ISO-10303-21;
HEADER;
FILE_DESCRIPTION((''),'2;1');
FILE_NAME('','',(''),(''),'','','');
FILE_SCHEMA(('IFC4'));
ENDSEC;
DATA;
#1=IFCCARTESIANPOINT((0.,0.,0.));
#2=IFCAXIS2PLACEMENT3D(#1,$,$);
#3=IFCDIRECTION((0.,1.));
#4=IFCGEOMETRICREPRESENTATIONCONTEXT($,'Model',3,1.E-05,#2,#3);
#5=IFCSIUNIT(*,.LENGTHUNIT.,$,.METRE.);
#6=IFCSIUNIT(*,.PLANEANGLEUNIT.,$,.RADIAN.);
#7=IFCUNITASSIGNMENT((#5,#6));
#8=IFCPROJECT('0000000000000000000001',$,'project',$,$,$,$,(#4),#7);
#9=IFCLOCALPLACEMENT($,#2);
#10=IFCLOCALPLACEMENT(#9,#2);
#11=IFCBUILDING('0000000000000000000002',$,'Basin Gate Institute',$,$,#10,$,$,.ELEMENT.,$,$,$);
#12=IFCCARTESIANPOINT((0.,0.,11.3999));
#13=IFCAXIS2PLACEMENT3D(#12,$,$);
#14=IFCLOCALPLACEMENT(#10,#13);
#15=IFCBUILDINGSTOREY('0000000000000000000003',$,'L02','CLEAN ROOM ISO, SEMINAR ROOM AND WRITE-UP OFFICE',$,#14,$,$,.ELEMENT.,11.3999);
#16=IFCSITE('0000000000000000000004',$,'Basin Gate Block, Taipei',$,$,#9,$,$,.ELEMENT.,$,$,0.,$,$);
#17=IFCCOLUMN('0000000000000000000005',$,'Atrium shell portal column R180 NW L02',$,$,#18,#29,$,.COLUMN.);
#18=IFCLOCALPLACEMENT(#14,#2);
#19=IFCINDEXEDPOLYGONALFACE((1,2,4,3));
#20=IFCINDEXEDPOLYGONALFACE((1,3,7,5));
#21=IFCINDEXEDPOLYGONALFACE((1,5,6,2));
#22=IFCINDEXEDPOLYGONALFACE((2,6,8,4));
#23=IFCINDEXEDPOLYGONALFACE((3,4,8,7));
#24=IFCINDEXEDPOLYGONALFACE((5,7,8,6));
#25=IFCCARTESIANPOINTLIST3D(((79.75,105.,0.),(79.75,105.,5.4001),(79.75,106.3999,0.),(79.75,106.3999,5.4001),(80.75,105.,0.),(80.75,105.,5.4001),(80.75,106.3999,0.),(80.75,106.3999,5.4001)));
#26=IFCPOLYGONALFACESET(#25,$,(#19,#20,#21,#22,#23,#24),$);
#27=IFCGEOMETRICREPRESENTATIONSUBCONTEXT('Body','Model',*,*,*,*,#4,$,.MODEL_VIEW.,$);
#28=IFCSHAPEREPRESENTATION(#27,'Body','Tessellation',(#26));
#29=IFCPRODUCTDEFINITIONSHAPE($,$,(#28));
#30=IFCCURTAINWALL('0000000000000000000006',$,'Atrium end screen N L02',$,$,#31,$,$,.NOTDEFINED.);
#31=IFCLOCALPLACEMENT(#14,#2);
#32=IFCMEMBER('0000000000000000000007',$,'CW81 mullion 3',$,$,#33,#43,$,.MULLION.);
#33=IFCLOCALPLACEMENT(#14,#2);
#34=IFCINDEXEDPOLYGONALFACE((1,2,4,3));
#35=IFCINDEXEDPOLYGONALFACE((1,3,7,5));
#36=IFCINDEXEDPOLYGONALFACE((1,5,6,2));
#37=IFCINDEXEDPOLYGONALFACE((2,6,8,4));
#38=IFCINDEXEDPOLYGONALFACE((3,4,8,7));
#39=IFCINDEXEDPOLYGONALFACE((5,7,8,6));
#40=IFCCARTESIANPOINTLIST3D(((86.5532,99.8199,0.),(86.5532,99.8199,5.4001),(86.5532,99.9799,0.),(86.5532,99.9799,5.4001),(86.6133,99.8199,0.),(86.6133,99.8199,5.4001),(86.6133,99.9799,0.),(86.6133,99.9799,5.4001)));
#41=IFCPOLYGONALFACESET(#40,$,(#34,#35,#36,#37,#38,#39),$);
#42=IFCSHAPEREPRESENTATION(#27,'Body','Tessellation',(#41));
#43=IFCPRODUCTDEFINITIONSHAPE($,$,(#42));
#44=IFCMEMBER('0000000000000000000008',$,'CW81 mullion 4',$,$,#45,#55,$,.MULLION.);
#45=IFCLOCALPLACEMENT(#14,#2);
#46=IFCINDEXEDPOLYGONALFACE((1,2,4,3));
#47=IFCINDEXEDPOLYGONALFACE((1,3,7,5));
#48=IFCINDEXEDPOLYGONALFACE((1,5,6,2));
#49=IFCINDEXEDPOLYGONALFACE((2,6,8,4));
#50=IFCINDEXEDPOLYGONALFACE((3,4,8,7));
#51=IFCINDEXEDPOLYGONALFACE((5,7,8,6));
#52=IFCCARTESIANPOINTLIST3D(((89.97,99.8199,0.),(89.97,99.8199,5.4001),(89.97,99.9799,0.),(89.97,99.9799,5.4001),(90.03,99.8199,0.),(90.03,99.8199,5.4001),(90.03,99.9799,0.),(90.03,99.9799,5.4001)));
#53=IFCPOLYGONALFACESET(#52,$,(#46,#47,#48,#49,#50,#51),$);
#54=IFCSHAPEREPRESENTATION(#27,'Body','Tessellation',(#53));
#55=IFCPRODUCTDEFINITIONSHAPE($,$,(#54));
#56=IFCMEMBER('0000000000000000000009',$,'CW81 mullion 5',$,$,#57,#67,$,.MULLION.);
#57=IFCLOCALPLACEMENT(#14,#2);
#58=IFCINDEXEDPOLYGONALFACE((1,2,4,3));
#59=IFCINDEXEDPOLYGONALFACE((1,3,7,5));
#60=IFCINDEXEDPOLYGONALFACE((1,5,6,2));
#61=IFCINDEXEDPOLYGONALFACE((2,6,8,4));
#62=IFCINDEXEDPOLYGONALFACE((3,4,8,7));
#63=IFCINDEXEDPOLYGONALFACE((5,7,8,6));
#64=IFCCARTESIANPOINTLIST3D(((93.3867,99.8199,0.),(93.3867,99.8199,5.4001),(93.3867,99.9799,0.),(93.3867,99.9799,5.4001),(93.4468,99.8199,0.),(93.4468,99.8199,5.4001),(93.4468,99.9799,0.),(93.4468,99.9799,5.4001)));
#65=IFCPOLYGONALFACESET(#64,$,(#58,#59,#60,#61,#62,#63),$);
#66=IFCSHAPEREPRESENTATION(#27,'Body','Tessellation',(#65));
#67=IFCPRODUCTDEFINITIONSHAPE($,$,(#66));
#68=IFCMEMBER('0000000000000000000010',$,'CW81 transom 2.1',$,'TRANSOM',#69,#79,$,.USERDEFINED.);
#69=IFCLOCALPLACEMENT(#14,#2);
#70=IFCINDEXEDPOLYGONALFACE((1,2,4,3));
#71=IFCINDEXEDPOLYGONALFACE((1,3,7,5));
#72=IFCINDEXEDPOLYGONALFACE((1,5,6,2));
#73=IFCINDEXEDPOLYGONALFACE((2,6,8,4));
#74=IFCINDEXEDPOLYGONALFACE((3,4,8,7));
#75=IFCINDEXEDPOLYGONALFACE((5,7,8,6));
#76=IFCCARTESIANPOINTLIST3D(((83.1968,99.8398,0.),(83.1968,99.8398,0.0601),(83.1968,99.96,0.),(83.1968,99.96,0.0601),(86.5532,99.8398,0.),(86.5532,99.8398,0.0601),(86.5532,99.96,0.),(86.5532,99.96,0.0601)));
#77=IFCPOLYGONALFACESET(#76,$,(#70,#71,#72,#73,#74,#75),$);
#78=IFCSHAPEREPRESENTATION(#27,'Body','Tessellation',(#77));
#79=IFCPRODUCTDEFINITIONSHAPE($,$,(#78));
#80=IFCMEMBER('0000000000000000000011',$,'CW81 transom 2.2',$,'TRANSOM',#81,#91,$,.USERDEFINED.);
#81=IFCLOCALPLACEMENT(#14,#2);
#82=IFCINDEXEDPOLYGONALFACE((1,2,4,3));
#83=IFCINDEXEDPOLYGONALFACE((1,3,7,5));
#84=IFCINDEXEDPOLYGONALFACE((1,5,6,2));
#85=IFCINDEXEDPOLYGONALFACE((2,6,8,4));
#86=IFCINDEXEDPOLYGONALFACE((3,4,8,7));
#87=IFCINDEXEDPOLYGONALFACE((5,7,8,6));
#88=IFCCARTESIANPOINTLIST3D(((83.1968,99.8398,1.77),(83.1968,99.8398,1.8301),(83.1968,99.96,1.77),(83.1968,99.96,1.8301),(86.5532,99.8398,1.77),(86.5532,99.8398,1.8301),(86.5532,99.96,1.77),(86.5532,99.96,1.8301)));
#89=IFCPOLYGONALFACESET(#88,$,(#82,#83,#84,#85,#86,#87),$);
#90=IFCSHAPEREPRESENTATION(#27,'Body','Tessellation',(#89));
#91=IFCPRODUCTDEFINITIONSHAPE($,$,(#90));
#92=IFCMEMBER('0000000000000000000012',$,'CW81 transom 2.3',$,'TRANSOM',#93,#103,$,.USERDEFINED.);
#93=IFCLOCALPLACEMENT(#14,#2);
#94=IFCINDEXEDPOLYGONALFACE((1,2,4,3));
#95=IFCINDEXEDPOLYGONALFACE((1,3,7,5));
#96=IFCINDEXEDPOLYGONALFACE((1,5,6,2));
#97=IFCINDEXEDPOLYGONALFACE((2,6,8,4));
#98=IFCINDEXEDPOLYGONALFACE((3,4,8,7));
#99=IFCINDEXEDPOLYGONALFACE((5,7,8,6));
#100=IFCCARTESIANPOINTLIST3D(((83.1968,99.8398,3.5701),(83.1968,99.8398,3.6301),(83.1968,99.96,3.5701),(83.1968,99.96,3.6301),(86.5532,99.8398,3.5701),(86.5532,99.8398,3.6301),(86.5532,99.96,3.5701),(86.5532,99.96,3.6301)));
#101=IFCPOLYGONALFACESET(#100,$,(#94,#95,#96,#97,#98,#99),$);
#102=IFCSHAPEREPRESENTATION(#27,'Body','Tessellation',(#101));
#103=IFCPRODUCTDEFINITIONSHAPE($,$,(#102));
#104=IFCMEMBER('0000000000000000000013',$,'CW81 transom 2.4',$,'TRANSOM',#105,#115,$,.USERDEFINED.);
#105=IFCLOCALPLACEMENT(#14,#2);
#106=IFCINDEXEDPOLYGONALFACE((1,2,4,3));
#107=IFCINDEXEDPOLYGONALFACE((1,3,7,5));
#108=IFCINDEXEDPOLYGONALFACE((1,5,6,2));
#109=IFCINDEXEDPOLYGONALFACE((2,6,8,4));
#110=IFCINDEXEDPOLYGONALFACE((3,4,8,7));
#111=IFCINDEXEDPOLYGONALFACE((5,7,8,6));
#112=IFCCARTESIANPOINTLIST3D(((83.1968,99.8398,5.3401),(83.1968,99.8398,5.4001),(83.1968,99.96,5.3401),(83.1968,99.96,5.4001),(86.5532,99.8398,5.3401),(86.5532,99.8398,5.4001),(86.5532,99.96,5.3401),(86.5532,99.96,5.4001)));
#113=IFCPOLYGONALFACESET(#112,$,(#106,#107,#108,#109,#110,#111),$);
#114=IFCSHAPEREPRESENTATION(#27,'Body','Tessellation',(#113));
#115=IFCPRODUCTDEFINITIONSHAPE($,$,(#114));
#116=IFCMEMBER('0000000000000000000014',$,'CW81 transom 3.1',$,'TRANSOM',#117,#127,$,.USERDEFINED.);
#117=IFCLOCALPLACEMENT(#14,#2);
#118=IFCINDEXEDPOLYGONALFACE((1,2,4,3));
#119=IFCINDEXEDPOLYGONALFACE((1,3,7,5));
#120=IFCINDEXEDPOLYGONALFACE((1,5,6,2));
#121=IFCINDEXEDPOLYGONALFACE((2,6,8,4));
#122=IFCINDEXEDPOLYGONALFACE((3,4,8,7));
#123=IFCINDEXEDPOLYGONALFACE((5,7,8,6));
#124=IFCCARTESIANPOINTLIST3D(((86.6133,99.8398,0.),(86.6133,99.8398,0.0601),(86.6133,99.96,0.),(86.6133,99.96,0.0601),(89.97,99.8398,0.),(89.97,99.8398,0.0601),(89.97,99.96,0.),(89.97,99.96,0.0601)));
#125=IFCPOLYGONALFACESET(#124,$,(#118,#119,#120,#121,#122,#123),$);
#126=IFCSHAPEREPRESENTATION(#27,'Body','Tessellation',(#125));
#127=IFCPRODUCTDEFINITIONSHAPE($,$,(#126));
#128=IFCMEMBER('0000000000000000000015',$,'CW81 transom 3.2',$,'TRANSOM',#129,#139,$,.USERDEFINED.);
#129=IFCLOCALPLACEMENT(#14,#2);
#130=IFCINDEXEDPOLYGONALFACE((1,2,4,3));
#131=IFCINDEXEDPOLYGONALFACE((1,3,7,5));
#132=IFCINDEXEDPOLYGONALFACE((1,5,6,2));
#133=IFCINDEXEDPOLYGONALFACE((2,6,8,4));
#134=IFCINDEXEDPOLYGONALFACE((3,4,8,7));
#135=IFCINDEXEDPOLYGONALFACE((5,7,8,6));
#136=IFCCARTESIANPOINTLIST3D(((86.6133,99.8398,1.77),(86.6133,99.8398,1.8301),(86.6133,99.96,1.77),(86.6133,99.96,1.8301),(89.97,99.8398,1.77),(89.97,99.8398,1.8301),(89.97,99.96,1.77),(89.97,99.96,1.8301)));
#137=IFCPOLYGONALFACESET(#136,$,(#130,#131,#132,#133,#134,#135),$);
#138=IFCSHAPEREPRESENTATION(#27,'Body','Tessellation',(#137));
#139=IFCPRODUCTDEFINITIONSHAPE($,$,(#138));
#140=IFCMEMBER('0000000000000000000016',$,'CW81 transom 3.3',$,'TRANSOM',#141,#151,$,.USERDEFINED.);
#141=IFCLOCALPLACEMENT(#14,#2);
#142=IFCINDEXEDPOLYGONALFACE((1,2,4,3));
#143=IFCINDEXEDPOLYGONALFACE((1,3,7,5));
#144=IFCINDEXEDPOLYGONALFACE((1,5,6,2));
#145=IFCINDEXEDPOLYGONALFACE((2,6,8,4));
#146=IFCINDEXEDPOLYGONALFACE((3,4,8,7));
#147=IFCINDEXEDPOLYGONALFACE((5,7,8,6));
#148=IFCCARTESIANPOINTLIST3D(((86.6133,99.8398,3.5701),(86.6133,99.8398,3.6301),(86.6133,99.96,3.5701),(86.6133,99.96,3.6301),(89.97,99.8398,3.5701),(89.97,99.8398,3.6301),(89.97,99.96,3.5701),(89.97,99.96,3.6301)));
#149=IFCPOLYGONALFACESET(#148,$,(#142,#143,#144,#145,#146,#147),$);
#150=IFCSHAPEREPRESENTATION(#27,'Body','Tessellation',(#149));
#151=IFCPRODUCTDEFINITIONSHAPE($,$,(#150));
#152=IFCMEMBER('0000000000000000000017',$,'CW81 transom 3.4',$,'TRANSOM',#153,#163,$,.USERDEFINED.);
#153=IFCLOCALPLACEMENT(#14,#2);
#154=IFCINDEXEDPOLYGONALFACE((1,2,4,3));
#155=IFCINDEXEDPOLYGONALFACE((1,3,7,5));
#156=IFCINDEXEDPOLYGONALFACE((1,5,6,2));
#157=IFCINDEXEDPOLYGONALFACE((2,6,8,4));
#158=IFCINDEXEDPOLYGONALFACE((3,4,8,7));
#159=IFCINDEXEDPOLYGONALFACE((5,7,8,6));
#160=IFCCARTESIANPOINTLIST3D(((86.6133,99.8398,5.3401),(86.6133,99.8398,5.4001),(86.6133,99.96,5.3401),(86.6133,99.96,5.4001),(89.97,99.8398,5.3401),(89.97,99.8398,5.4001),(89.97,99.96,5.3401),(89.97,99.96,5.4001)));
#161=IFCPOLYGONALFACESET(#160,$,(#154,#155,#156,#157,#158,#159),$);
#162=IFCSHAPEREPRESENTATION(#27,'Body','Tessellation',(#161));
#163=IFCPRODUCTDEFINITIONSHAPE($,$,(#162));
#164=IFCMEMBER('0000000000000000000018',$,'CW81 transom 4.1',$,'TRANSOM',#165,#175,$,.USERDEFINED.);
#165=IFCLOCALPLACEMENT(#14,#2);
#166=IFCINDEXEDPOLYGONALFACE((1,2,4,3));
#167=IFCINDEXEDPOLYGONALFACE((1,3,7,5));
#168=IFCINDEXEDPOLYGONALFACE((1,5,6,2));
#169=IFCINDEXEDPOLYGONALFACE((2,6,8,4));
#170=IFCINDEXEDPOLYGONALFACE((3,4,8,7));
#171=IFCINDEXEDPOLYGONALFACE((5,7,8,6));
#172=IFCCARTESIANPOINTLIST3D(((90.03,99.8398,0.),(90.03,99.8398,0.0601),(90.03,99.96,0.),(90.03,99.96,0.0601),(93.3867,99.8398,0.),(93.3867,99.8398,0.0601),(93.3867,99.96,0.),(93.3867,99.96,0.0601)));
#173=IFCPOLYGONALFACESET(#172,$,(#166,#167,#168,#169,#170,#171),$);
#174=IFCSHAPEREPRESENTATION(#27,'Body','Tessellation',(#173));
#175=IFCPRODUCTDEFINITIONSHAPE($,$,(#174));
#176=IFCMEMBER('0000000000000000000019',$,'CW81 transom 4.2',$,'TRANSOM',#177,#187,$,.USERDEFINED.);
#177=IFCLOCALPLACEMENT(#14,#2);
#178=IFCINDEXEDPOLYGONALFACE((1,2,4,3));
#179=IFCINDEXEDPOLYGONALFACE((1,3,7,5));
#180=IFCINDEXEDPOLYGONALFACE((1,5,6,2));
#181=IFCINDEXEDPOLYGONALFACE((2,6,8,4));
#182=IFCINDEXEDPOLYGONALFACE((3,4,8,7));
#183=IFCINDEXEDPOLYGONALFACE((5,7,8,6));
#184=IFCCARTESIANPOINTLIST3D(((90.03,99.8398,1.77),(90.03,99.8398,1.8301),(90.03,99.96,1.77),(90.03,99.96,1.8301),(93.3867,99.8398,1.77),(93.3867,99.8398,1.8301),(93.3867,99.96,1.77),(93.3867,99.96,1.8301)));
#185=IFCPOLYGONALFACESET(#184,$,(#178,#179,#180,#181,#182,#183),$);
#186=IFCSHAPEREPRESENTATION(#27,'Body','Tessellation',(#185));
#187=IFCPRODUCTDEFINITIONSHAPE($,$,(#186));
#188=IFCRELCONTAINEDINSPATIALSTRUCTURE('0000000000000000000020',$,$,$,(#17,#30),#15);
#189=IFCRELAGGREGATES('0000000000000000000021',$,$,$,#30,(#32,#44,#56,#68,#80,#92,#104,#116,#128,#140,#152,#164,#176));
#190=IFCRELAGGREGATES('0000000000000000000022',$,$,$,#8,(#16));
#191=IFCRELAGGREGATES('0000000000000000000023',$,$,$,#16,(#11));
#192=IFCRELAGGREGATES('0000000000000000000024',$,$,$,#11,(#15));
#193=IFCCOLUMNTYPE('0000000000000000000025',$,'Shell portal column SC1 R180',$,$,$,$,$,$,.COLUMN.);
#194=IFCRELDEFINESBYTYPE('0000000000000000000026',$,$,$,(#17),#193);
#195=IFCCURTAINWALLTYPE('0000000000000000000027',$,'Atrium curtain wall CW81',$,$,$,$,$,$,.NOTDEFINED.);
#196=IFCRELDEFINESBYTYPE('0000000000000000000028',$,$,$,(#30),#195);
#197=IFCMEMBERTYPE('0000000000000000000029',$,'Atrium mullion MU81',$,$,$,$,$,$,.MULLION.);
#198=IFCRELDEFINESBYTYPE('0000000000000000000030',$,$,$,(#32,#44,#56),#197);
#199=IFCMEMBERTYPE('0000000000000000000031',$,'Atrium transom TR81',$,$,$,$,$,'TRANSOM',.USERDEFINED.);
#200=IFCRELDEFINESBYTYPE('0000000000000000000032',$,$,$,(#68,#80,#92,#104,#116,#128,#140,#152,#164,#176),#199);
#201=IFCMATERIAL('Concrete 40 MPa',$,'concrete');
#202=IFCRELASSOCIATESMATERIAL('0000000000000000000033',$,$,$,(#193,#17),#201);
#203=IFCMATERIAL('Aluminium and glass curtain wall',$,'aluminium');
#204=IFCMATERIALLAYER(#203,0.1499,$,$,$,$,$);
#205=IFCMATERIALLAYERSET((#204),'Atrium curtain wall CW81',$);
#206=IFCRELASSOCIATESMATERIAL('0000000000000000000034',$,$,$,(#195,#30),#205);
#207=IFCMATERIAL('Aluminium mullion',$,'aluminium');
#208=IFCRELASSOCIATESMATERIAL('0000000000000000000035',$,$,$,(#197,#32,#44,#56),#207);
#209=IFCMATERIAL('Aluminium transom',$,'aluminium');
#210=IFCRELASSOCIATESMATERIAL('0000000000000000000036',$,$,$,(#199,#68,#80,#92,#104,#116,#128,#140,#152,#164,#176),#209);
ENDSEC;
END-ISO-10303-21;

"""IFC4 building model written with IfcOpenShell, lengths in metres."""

from ifc_helpers import new_model, si_unit, direction, frame, origin, origin_2d, place, context, subcontext, project, spatial, rectangle, extrude, material, layer, layer_set, material_profile, profile_set, type_object, element, aggregate, save


model = new_model("IFC4")

# Units and contexts
model_context = context("Model", 3, precision=1e-05, world=origin(), true_north=direction((0.0, 1.0)))
body_context = subcontext(model_context, "Body", "Model", "MODEL_VIEW")
ifc_project = project(units=[si_unit("LENGTHUNIT", "METRE"), si_unit("PLANEANGLEUNIT", "RADIAN")], contexts=[model_context])

# Site, building, storey
site_placement = place(None, origin())
site = spatial("IfcSite", under=ifc_project, at=site_placement, Name="Basin Gate Block, Taipei", CompositionType="ELEMENT", RefElevation=0.0)
building_placement = place(site_placement, origin())
building = spatial("IfcBuilding", under=site, at=building_placement, Name="Basin Gate Institute", CompositionType="ELEMENT")
storey_placement = place(building_placement, frame((0.0, 0.0, 11.3999)))
storey = spatial("IfcBuildingStorey", under=building, at=storey_placement, Name="L02", Description="CLEAN ROOM ISO, SEMINAR ROOM AND WRITE-UP OFFICE", CompositionType="ELEMENT", Elevation=11.3999)

# Column
ifc_material_1 = material(Name="Concrete 40 MPa", Category="concrete")
ifc_material_profile_1 = material_profile(ifc_material_1, rectangle(XDim=1.0, YDim=1.3999, at=origin_2d()), Name="Shell portal column SC1 1000 x 1400")
ifc_profile_set_1 = profile_set([ifc_material_profile_1], Name="Concrete 40 MPa")
column_type = type_object("IfcColumnType", Name="Shell portal column SC1 R180", PredefinedType="COLUMN", material=ifc_profile_set_1)
column_placement = place(storey_placement, frame((80.25, 105.7, 0.0), z_axis=(0.0, 0.0, 1.0), x_axis=(1.0, 0.0, 0.0)))
element("IfcColumn", 1, at=column_placement, inside=storey, type_object=column_type, material=ifc_profile_set_1, Name="Atrium shell portal column R180 NW L02", PredefinedType="COLUMN", context=body_context, shape_type="SweptSolid", body=[
    extrude(rectangle(XDim=1.0, YDim=1.3999, at=origin_2d()), origin(), (0.0, 0.0, 1.0), 5.4001),
])

# Curtain wall, members
ifc_material_2 = material(Name="Aluminium and glass curtain wall", Category="aluminium")
ifc_layer_1 = layer(ifc_material_2, 0.1499)
ifc_layer_set_1 = layer_set([ifc_layer_1], Name="Atrium curtain wall CW81")
curtain_wall_type = type_object("IfcCurtainWallType", Name="Atrium curtain wall CW81", PredefinedType="NOTDEFINED", material=ifc_layer_set_1)
curtain_wall_placement = place(storey_placement, origin())
curtain_wall = element("IfcCurtainWall", 2, at=curtain_wall_placement, inside=storey, type_object=curtain_wall_type, material=ifc_layer_set_1, Name="Atrium end screen N L02", PredefinedType="NOTDEFINED")
ifc_material_3 = material(Name="Aluminium mullion", Category="aluminium")
ifc_material_profile_2 = material_profile(ifc_material_3, rectangle(XDim=0.1599, YDim=0.0601, at=origin_2d()), Name="Atrium mullion MU81 160 x 60")
ifc_profile_set_2 = profile_set([ifc_material_profile_2], Name="Aluminium mullion")
member_type_1 = type_object("IfcMemberType", Name="Atrium mullion MU81", PredefinedType="MULLION", material=ifc_profile_set_2)
member_1_placement = place(storey_placement, frame((86.5833, 99.8999, 0.0), z_axis=(0.0, 0.0, 1.0), x_axis=(0.0, 1.0, 0.0)))
member_1 = element("IfcMember", 3, at=member_1_placement, type_object=member_type_1, material=ifc_profile_set_2, Name="CW81 mullion 3", PredefinedType="MULLION", context=body_context, shape_type="SweptSolid", body=[
    extrude(rectangle(XDim=0.1599, YDim=0.0601, at=origin_2d()), origin(), (0.0, 0.0, 1.0), 5.4001),
])
member_2_placement = place(storey_placement, frame((90.0, 99.8999, 0.0), z_axis=(0.0, 0.0, 1.0), x_axis=(0.0, 1.0, 0.0)))
member_2 = element("IfcMember", 4, at=member_2_placement, type_object=member_type_1, material=ifc_profile_set_2, Name="CW81 mullion 4", PredefinedType="MULLION", context=body_context, shape_type="SweptSolid", body=[
    extrude(rectangle(XDim=0.1599, YDim=0.0601, at=origin_2d()), origin(), (0.0, 0.0, 1.0), 5.4001),
])
member_3_placement = place(storey_placement, frame((93.4167, 99.8999, 0.0), z_axis=(0.0, 0.0, 1.0), x_axis=(0.0, 1.0, 0.0)))
member_3 = element("IfcMember", 5, at=member_3_placement, type_object=member_type_1, material=ifc_profile_set_2, Name="CW81 mullion 5", PredefinedType="MULLION", context=body_context, shape_type="SweptSolid", body=[
    extrude(rectangle(XDim=0.1599, YDim=0.0601, at=origin_2d()), origin(), (0.0, 0.0, 1.0), 5.4001),
])
ifc_material_4 = material(Name="Aluminium transom", Category="aluminium")
ifc_material_profile_3 = material_profile(ifc_material_4, rectangle(XDim=0.1201, YDim=0.0601, at=origin_2d()), Name="Atrium transom TR81 120 x 60")
ifc_profile_set_3 = profile_set([ifc_material_profile_3], Name="Aluminium transom")
member_type_2 = type_object("IfcMemberType", Name="Atrium transom TR81", ElementType="TRANSOM", PredefinedType="USERDEFINED", material=ifc_profile_set_3)
member_4_placement = place(storey_placement, frame((83.1968, 99.8999, 0.03), z_axis=(1.0, 0.0, 0.0), x_axis=(0.0, 1.0, 0.0)))
member_4 = element("IfcMember", 6, at=member_4_placement, type_object=member_type_2, material=ifc_profile_set_3, Name="CW81 transom 2.1", ObjectType="TRANSOM", PredefinedType="USERDEFINED", context=body_context, shape_type="SweptSolid", body=[
    extrude(rectangle(XDim=0.1201, YDim=0.0601, at=origin_2d()), origin(), (0.0, 0.0, 1.0), 3.3564),
])
member_5_placement = place(storey_placement, frame((83.1968, 99.8999, 1.8), z_axis=(1.0, 0.0, 0.0), x_axis=(0.0, 1.0, 0.0)))
member_5 = element("IfcMember", 7, at=member_5_placement, type_object=member_type_2, material=ifc_profile_set_3, Name="CW81 transom 2.2", ObjectType="TRANSOM", PredefinedType="USERDEFINED", context=body_context, shape_type="SweptSolid", body=[
    extrude(rectangle(XDim=0.1201, YDim=0.0601, at=origin_2d()), origin(), (0.0, 0.0, 1.0), 3.3564),
])
member_6_placement = place(storey_placement, frame((83.1968, 99.8999, 3.6001), z_axis=(1.0, 0.0, 0.0), x_axis=(0.0, 1.0, 0.0)))
member_6 = element("IfcMember", 8, at=member_6_placement, type_object=member_type_2, material=ifc_profile_set_3, Name="CW81 transom 2.3", ObjectType="TRANSOM", PredefinedType="USERDEFINED", context=body_context, shape_type="SweptSolid", body=[
    extrude(rectangle(XDim=0.1201, YDim=0.0601, at=origin_2d()), origin(), (0.0, 0.0, 1.0), 3.3564),
])
member_7_placement = place(storey_placement, frame((83.1968, 99.8999, 5.3701), z_axis=(1.0, 0.0, 0.0), x_axis=(0.0, 1.0, 0.0)))
member_7 = element("IfcMember", 9, at=member_7_placement, type_object=member_type_2, material=ifc_profile_set_3, Name="CW81 transom 2.4", ObjectType="TRANSOM", PredefinedType="USERDEFINED", context=body_context, shape_type="SweptSolid", body=[
    extrude(rectangle(XDim=0.1201, YDim=0.0601, at=origin_2d()), origin(), (0.0, 0.0, 1.0), 3.3564),
])
member_8_placement = place(storey_placement, frame((86.6133, 99.8999, 0.03), z_axis=(1.0, 0.0, 0.0), x_axis=(0.0, 1.0, 0.0)))
member_8 = element("IfcMember", 10, at=member_8_placement, type_object=member_type_2, material=ifc_profile_set_3, Name="CW81 transom 3.1", ObjectType="TRANSOM", PredefinedType="USERDEFINED", context=body_context, shape_type="SweptSolid", body=[
    extrude(rectangle(XDim=0.1201, YDim=0.0601, at=origin_2d()), origin(), (0.0, 0.0, 1.0), 3.3567),
])
member_9_placement = place(storey_placement, frame((86.6133, 99.8999, 1.8), z_axis=(1.0, 0.0, 0.0), x_axis=(0.0, 1.0, 0.0)))
member_9 = element("IfcMember", 11, at=member_9_placement, type_object=member_type_2, material=ifc_profile_set_3, Name="CW81 transom 3.2", ObjectType="TRANSOM", PredefinedType="USERDEFINED", context=body_context, shape_type="SweptSolid", body=[
    extrude(rectangle(XDim=0.1201, YDim=0.0601, at=origin_2d()), origin(), (0.0, 0.0, 1.0), 3.3567),
])
member_10_placement = place(storey_placement, frame((86.6133, 99.8999, 3.6001), z_axis=(1.0, 0.0, 0.0), x_axis=(0.0, 1.0, 0.0)))
member_10 = element("IfcMember", 12, at=member_10_placement, type_object=member_type_2, material=ifc_profile_set_3, Name="CW81 transom 3.3", ObjectType="TRANSOM", PredefinedType="USERDEFINED", context=body_context, shape_type="SweptSolid", body=[
    extrude(rectangle(XDim=0.1201, YDim=0.0601, at=origin_2d()), origin(), (0.0, 0.0, 1.0), 3.3567),
])
member_11_placement = place(storey_placement, frame((86.6133, 99.8999, 5.3701), z_axis=(1.0, 0.0, 0.0), x_axis=(0.0, 1.0, 0.0)))
member_11 = element("IfcMember", 13, at=member_11_placement, type_object=member_type_2, material=ifc_profile_set_3, Name="CW81 transom 3.4", ObjectType="TRANSOM", PredefinedType="USERDEFINED", context=body_context, shape_type="SweptSolid", body=[
    extrude(rectangle(XDim=0.1201, YDim=0.0601, at=origin_2d()), origin(), (0.0, 0.0, 1.0), 3.3567),
])
member_12_placement = place(storey_placement, frame((90.03, 99.8999, 0.03), z_axis=(1.0, 0.0, 0.0), x_axis=(0.0, 1.0, 0.0)))
member_12 = element("IfcMember", 14, at=member_12_placement, type_object=member_type_2, material=ifc_profile_set_3, Name="CW81 transom 4.1", ObjectType="TRANSOM", PredefinedType="USERDEFINED", context=body_context, shape_type="SweptSolid", body=[
    extrude(rectangle(XDim=0.1201, YDim=0.0601, at=origin_2d()), origin(), (0.0, 0.0, 1.0), 3.3567),
])
member_13_placement = place(storey_placement, frame((90.03, 99.8999, 1.8), z_axis=(1.0, 0.0, 0.0), x_axis=(0.0, 1.0, 0.0)))
member_13 = element("IfcMember", 15, at=member_13_placement, type_object=member_type_2, material=ifc_profile_set_3, Name="CW81 transom 4.2", ObjectType="TRANSOM", PredefinedType="USERDEFINED", context=body_context, shape_type="SweptSolid", body=[
    extrude(rectangle(XDim=0.1201, YDim=0.0601, at=origin_2d()), origin(), (0.0, 0.0, 1.0), 3.3567),
])
aggregate(curtain_wall, [member_1, member_2, member_3, member_4, member_5, member_6, member_7, member_8, member_9, member_10, member_11, member_12, member_13])

save(model, "model.ifc")
